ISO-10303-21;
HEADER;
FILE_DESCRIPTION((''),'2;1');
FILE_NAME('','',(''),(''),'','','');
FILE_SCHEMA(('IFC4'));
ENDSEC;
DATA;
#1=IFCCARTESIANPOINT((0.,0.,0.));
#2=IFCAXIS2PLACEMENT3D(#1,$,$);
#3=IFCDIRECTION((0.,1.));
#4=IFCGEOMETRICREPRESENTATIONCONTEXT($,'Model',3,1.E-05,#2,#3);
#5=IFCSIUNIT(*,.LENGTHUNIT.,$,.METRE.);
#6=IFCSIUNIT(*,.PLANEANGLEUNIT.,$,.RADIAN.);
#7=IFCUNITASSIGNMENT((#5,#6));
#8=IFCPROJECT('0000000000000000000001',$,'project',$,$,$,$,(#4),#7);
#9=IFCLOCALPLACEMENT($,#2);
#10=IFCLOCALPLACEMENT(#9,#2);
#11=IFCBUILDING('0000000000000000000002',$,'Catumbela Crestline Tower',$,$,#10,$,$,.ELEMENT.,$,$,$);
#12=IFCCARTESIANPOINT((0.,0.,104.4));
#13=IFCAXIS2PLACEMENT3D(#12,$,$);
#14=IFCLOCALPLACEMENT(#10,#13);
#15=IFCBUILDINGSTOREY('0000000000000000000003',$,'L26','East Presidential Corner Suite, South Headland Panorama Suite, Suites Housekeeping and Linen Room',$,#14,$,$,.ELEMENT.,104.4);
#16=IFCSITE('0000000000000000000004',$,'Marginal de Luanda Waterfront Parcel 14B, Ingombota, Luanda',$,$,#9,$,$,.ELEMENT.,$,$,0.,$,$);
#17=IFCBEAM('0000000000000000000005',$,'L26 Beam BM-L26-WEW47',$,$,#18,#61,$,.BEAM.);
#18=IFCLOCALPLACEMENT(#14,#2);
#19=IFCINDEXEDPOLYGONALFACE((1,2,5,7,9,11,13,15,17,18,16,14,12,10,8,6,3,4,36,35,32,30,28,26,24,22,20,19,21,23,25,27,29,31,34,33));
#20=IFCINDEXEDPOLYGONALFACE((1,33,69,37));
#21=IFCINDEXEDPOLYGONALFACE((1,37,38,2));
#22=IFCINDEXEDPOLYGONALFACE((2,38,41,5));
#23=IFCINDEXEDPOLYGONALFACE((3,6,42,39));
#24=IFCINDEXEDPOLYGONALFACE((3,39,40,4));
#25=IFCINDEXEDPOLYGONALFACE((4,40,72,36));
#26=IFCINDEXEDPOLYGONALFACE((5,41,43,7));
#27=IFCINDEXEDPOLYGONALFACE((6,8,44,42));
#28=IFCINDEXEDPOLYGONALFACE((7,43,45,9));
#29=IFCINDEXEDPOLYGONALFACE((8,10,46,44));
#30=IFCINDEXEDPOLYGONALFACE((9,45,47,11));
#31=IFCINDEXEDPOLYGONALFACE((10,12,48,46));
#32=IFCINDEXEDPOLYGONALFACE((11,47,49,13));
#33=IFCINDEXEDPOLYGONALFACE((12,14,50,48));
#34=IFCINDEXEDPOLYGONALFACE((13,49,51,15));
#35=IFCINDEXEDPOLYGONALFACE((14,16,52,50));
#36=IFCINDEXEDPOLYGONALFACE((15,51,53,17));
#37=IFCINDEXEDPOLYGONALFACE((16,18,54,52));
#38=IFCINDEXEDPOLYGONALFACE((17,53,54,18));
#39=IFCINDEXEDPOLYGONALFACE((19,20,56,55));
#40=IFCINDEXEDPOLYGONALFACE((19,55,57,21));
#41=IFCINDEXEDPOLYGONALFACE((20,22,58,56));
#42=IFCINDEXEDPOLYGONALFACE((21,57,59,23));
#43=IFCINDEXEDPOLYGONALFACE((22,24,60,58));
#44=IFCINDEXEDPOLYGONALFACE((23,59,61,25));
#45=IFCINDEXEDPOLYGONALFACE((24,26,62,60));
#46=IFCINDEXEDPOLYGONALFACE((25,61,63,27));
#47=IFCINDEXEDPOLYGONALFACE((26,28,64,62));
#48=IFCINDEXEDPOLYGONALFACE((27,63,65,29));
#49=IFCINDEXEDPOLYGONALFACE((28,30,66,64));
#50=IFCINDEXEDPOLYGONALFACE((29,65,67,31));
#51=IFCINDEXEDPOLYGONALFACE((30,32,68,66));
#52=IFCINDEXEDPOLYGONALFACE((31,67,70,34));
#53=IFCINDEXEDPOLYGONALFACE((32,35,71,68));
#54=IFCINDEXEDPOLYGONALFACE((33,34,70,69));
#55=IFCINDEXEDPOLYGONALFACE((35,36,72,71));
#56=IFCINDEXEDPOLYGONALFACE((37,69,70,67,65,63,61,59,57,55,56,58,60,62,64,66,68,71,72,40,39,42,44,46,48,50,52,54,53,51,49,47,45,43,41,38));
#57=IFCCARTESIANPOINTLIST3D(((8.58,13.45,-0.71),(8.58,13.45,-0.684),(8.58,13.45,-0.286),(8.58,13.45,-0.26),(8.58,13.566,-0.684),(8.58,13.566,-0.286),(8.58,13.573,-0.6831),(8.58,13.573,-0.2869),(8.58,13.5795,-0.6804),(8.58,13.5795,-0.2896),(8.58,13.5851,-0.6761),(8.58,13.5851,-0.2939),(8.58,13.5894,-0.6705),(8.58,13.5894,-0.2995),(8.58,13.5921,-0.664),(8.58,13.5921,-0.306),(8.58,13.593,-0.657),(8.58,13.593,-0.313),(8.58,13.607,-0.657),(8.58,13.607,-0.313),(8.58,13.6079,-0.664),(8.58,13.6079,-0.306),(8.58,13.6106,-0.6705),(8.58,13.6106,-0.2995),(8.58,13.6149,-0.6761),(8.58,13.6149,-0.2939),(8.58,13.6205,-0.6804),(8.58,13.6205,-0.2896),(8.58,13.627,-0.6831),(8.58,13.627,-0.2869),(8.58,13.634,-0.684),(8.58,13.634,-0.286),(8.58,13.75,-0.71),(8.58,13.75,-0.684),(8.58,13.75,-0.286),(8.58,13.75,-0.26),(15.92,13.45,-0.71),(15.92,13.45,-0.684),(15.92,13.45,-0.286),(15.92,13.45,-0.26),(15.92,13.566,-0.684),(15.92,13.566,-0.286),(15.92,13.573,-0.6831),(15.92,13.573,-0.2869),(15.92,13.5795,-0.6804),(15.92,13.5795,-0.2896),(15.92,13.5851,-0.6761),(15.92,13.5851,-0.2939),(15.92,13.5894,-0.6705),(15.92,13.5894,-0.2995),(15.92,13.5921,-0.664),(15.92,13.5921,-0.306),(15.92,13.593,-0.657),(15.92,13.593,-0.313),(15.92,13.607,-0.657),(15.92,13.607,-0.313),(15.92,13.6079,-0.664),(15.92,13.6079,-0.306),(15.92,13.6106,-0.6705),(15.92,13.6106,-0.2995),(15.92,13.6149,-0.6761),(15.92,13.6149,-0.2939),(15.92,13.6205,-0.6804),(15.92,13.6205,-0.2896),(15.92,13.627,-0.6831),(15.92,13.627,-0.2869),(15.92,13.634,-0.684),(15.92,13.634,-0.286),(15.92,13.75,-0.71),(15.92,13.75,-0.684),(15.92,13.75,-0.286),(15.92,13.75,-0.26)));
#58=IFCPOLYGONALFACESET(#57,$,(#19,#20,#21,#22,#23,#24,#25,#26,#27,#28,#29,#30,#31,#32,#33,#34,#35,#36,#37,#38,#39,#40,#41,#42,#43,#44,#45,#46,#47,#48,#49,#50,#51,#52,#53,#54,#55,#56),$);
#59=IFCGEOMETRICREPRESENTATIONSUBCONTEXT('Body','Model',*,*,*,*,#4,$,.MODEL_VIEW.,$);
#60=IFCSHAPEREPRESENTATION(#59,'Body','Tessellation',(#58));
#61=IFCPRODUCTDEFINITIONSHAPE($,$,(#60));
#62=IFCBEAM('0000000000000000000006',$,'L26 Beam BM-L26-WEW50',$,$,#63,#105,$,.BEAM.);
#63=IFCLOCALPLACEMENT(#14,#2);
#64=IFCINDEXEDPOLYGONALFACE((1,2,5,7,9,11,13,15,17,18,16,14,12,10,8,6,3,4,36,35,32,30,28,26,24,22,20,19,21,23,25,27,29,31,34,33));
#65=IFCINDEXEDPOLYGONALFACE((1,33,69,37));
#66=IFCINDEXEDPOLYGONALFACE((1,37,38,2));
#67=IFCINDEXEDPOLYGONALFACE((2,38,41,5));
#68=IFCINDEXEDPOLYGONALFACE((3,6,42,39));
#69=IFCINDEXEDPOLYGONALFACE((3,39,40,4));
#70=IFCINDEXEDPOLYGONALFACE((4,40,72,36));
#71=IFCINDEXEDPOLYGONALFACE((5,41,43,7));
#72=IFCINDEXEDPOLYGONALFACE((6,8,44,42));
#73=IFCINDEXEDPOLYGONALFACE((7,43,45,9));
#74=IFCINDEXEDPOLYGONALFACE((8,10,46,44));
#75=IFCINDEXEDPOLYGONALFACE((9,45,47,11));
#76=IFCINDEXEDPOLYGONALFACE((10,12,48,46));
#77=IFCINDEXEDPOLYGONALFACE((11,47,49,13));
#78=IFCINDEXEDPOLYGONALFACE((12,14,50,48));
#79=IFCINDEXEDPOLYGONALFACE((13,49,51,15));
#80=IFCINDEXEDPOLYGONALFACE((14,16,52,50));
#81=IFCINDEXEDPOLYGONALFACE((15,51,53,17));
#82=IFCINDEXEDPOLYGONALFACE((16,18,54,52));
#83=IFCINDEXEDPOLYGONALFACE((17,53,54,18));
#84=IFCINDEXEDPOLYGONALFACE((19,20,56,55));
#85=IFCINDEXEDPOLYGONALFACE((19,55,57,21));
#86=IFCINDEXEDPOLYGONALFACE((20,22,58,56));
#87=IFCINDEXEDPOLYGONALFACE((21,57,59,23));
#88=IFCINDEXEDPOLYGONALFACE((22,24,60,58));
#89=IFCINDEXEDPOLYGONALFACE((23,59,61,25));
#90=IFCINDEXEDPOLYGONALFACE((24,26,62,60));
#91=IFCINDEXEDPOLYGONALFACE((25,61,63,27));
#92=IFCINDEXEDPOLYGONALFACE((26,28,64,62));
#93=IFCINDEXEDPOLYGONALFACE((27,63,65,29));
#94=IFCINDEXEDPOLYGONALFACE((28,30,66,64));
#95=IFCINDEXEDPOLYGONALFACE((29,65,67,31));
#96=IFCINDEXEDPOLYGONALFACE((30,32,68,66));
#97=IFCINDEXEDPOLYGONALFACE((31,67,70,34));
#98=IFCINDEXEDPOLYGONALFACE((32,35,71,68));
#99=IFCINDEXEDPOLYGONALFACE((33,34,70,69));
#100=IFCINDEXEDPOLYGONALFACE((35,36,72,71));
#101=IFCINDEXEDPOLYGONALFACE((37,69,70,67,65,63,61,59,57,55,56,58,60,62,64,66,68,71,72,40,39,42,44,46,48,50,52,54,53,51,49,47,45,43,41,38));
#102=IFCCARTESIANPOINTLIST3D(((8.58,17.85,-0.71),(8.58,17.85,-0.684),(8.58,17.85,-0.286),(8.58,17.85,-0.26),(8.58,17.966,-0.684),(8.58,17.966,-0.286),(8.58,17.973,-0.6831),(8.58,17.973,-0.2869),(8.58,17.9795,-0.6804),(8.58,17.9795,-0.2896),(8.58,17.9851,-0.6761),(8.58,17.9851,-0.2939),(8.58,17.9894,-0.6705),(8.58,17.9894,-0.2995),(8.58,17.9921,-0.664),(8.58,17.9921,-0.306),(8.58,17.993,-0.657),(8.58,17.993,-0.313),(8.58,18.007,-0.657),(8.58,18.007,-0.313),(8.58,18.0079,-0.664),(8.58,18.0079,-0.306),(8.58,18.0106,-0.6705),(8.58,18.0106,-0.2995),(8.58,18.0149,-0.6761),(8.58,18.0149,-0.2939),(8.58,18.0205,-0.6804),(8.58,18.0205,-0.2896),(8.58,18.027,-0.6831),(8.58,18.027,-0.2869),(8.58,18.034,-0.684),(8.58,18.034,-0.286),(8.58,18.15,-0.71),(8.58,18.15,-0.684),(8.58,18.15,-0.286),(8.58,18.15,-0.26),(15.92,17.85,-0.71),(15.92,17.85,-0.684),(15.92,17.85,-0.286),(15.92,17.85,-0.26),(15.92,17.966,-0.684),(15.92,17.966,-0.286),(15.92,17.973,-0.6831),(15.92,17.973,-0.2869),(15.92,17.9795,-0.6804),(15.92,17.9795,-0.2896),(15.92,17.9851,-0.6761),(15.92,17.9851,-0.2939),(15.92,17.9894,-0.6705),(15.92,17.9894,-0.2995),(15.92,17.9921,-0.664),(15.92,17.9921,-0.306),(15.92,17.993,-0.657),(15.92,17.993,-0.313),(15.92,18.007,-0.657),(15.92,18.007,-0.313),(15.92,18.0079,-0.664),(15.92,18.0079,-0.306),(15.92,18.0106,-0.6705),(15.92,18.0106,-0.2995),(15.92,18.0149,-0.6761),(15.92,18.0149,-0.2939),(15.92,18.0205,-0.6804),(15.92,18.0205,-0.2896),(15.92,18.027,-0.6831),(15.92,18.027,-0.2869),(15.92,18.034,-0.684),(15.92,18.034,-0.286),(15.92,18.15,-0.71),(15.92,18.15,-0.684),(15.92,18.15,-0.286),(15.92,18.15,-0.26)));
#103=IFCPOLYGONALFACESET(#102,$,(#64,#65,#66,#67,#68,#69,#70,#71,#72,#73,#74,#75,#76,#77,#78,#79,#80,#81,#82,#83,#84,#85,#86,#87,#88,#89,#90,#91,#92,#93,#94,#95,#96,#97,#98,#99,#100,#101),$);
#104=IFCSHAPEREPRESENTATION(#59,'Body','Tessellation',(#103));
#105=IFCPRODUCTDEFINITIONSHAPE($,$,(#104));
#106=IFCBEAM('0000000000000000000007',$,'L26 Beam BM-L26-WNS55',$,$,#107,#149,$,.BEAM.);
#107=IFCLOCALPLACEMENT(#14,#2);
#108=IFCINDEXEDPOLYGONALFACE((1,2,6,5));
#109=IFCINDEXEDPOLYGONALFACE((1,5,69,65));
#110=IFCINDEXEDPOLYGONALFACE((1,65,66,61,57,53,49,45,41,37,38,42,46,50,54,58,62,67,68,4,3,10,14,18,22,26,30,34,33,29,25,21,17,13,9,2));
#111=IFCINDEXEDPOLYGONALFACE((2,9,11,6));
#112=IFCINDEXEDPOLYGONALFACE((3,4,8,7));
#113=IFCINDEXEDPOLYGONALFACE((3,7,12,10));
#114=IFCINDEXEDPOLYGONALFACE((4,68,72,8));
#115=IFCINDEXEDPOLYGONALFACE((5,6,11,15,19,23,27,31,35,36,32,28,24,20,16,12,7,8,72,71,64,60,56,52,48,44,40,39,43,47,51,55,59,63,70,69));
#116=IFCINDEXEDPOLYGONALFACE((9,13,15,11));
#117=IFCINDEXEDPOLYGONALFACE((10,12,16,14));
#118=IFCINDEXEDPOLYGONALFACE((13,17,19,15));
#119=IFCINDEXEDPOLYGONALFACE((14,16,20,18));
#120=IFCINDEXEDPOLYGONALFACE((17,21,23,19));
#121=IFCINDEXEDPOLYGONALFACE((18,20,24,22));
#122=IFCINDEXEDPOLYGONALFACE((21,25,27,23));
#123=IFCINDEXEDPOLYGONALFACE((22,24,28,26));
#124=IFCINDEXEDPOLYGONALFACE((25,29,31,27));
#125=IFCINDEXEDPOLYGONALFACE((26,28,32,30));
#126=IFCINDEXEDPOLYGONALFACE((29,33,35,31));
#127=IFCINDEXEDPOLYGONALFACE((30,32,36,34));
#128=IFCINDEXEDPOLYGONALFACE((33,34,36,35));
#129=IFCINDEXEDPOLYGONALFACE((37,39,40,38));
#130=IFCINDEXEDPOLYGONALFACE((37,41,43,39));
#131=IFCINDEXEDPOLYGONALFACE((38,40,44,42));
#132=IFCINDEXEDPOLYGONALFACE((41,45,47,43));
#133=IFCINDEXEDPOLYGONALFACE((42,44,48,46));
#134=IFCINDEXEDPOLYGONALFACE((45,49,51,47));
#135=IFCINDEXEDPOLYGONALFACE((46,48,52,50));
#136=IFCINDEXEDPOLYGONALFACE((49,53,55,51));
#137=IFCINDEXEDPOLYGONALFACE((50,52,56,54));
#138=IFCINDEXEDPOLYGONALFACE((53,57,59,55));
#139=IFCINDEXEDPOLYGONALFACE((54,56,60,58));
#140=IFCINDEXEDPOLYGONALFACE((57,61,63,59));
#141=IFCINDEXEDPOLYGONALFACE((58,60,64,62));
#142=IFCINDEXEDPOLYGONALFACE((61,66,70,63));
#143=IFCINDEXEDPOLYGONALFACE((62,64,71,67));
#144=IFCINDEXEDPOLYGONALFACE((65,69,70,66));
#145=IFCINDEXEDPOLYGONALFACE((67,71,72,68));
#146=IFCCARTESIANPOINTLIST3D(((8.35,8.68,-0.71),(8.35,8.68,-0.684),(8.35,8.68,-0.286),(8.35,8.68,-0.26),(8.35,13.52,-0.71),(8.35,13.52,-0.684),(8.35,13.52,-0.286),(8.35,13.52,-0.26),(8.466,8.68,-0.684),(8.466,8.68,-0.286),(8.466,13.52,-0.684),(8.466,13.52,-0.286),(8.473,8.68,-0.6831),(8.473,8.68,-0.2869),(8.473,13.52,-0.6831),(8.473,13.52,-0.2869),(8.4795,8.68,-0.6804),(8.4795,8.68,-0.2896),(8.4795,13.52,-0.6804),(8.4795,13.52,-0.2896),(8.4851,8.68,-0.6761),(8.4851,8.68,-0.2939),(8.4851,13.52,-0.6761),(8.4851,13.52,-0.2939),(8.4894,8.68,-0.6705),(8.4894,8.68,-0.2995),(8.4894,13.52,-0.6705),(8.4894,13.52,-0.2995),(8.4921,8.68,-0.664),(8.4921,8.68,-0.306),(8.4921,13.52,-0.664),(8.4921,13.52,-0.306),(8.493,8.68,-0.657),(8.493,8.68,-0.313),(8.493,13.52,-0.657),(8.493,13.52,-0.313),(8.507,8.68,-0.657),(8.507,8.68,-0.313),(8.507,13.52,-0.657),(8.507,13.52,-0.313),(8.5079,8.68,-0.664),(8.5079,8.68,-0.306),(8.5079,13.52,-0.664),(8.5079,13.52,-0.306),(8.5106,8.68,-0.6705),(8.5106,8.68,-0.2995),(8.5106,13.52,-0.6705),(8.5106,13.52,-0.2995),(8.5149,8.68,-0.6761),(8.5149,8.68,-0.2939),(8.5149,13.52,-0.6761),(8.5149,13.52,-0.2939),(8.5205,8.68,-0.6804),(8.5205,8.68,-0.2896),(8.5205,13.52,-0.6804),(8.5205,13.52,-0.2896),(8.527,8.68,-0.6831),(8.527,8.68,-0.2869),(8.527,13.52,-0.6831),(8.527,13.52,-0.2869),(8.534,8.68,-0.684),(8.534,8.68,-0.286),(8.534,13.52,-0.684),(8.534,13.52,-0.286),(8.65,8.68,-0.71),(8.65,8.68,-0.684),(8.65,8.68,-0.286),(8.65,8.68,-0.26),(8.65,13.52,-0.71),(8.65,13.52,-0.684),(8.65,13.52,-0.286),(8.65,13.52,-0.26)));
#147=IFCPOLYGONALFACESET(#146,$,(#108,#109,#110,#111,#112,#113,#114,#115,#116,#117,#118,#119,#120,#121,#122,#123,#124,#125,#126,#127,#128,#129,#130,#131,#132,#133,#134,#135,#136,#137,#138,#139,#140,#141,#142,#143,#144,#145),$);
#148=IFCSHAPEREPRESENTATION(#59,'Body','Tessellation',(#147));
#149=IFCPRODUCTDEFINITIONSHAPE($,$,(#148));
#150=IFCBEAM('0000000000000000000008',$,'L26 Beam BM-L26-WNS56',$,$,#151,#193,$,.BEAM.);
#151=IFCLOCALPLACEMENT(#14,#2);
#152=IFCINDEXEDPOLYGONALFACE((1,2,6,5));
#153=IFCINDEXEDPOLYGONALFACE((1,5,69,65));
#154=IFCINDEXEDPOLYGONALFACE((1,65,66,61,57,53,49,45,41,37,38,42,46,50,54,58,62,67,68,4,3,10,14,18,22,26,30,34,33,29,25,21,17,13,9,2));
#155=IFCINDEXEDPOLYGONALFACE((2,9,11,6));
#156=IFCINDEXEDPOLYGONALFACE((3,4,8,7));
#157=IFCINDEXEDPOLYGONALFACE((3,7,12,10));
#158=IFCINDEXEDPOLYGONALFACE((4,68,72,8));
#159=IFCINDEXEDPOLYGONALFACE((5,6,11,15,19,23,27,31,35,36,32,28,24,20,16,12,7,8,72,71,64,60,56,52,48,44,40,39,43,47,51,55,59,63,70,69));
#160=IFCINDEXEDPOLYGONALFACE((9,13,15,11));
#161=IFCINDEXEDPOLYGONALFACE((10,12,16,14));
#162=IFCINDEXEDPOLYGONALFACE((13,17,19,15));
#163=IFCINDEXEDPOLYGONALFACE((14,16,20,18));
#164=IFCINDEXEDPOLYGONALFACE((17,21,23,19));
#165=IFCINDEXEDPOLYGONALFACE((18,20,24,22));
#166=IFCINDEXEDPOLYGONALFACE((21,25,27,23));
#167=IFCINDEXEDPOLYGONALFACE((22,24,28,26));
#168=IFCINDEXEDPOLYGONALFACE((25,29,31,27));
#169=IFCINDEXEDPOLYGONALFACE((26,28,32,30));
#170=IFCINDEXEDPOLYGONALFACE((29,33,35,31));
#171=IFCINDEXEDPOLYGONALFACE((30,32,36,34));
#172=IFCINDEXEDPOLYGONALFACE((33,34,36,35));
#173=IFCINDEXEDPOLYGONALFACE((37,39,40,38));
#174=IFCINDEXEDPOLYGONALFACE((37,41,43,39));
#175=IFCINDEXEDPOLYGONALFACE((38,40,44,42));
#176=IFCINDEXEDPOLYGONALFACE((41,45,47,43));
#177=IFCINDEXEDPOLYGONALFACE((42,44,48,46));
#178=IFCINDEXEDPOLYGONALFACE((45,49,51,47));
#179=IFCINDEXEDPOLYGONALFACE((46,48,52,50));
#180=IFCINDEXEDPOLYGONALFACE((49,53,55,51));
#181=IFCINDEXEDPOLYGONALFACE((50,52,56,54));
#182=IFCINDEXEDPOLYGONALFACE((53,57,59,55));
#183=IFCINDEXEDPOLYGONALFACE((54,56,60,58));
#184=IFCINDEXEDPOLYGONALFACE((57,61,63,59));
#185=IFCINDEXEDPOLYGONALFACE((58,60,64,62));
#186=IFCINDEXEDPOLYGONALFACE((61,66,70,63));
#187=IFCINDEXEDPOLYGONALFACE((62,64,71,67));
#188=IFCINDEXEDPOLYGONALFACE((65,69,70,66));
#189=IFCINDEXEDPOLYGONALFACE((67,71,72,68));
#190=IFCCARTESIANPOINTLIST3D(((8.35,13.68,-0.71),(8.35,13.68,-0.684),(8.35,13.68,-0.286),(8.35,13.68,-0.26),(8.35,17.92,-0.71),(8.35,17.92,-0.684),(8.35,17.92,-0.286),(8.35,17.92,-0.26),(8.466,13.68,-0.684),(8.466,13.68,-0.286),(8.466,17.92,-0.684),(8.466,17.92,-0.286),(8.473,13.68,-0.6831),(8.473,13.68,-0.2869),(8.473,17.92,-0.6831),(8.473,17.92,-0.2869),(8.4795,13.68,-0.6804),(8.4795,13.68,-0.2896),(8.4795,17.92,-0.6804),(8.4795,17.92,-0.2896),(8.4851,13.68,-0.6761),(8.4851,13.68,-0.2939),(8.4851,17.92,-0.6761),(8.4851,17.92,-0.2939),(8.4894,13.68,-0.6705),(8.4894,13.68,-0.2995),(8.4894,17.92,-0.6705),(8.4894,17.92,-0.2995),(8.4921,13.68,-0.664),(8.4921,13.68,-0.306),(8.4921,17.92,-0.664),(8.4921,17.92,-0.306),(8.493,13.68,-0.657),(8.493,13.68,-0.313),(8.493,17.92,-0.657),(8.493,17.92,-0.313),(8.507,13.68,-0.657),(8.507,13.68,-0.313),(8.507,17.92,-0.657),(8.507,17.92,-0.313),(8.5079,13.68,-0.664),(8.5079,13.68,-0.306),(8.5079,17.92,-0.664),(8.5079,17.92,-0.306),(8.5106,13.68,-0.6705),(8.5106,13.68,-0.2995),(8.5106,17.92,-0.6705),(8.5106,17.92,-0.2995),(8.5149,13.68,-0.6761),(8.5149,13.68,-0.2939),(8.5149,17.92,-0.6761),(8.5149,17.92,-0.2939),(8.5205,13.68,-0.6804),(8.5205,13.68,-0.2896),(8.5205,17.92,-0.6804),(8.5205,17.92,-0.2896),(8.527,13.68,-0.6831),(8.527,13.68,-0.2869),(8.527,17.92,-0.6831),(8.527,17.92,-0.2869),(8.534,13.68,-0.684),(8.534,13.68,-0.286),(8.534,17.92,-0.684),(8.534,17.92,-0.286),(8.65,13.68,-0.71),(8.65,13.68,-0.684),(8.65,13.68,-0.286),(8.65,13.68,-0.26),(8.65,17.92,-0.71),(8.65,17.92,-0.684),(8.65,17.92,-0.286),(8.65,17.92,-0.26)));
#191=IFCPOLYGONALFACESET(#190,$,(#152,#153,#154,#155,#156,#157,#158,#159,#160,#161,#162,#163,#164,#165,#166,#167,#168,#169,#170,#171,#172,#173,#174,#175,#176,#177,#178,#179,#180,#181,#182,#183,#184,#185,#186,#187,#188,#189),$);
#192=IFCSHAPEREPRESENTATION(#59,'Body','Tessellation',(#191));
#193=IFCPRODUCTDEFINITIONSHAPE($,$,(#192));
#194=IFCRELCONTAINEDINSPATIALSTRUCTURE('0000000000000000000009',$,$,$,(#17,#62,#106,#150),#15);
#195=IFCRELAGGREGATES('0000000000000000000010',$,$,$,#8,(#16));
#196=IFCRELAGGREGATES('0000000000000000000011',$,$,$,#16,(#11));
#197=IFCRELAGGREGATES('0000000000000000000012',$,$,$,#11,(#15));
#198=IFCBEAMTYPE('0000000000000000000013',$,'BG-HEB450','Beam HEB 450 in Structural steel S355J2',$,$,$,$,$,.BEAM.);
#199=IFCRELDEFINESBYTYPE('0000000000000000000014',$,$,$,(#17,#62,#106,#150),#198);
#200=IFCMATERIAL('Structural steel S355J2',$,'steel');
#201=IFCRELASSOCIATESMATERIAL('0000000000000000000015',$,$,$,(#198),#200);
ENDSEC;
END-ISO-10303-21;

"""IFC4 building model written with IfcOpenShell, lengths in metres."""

from ifc_helpers import new_model, si_unit, direction, frame, origin, origin_2d, place, context, subcontext, project, spatial, i_section, extrude, material, material_profile, profile_set, type_object, element, save


model = new_model("IFC4")

# Units and contexts
model_context = context("Model", 3, precision=1e-05, world=origin(), true_north=direction((0.0, 1.0)))
body_context = subcontext(model_context, "Body", "Model", "MODEL_VIEW")
ifc_project = project(units=[si_unit("LENGTHUNIT", "METRE"), si_unit("PLANEANGLEUNIT", "RADIAN")], contexts=[model_context])

# Site, building, storey
site_placement = place(None, origin())
site = spatial("IfcSite", under=ifc_project, at=site_placement, Name="Marginal de Luanda Waterfront Parcel 14B, Ingombota, Luanda", CompositionType="ELEMENT", RefElevation=0.0)
building_placement = place(site_placement, origin())
building = spatial("IfcBuilding", under=site, at=building_placement, Name="Catumbela Crestline Tower", CompositionType="ELEMENT")
storey_placement = place(building_placement, frame((0.0, 0.0, 104.4)))
storey = spatial("IfcBuildingStorey", under=building, at=storey_placement, Name="L26", Description="East Presidential Corner Suite, South Headland Panorama Suite, Suites Housekeeping and Linen Room", CompositionType="ELEMENT", Elevation=104.4)

# Beams
ifc_material_1 = material(Name="Structural steel S355J2", Category="steel")
ifc_material_profile_1 = material_profile(ifc_material_1, i_section(OverallWidth=0.3, OverallDepth=0.45, WebThickness=0.014, FlangeThickness=0.026, FilletRadius=0.027, at=origin_2d()), Name="HEB 450")
ifc_profile_set_1 = profile_set([ifc_material_profile_1], Name="Structural steel S355J2")
beam_type_1 = type_object("IfcBeamType", Name="BG-HEB450", Description="Beam HEB 450 in Structural steel S355J2", PredefinedType="BEAM", material=ifc_profile_set_1)
for number, where, z_axis, x_axis, name in (
    (1, (8.58, 13.6, -0.485), (1.0, 0.0, 0.0), (0.0, 1.0, 0.0), "L26 Beam BM-L26-WEW47"),
    (2, (8.58, 18.0, -0.485), (1.0, 0.0, 0.0), (0.0, 1.0, 0.0), "L26 Beam BM-L26-WEW50"),
):
    element("IfcBeam", number, at=place(storey_placement, frame(where, z_axis=z_axis, x_axis=x_axis)), inside=storey, type_object=beam_type_1, Name=name, PredefinedType="BEAM", context=body_context, shape_type="SweptSolid", body=[
        extrude(i_section(OverallWidth=0.3, OverallDepth=0.45, WebThickness=0.014, FlangeThickness=0.026, FilletRadius=0.027, at=origin_2d()), origin(), (0.0, 0.0, 1.0), 7.34),
    ])
beam_1_placement = place(storey_placement, frame((8.5, 8.68, -0.485), z_axis=(0.0, 1.0, 0.0), x_axis=(-1.0, 0.0, 0.0)))
element("IfcBeam", 3, at=beam_1_placement, inside=storey, type_object=beam_type_1, Name="L26 Beam BM-L26-WNS55", PredefinedType="BEAM", context=body_context, shape_type="SweptSolid", body=[
    extrude(i_section(OverallWidth=0.3, OverallDepth=0.45, WebThickness=0.014, FlangeThickness=0.026, FilletRadius=0.027, at=origin_2d()), origin(), (0.0, 0.0, 1.0), 4.84),
])
beam_2_placement = place(storey_placement, frame((8.5, 13.68, -0.485), z_axis=(0.0, 1.0, 0.0), x_axis=(-1.0, 0.0, 0.0)))
element("IfcBeam", 4, at=beam_2_placement, inside=storey, type_object=beam_type_1, Name="L26 Beam BM-L26-WNS56", PredefinedType="BEAM", context=body_context, shape_type="SweptSolid", body=[
    extrude(i_section(OverallWidth=0.3, OverallDepth=0.45, WebThickness=0.014, FlangeThickness=0.026, FilletRadius=0.027, at=origin_2d()), origin(), (0.0, 0.0, 1.0), 4.24),
])

save(model, "model.ifc")
